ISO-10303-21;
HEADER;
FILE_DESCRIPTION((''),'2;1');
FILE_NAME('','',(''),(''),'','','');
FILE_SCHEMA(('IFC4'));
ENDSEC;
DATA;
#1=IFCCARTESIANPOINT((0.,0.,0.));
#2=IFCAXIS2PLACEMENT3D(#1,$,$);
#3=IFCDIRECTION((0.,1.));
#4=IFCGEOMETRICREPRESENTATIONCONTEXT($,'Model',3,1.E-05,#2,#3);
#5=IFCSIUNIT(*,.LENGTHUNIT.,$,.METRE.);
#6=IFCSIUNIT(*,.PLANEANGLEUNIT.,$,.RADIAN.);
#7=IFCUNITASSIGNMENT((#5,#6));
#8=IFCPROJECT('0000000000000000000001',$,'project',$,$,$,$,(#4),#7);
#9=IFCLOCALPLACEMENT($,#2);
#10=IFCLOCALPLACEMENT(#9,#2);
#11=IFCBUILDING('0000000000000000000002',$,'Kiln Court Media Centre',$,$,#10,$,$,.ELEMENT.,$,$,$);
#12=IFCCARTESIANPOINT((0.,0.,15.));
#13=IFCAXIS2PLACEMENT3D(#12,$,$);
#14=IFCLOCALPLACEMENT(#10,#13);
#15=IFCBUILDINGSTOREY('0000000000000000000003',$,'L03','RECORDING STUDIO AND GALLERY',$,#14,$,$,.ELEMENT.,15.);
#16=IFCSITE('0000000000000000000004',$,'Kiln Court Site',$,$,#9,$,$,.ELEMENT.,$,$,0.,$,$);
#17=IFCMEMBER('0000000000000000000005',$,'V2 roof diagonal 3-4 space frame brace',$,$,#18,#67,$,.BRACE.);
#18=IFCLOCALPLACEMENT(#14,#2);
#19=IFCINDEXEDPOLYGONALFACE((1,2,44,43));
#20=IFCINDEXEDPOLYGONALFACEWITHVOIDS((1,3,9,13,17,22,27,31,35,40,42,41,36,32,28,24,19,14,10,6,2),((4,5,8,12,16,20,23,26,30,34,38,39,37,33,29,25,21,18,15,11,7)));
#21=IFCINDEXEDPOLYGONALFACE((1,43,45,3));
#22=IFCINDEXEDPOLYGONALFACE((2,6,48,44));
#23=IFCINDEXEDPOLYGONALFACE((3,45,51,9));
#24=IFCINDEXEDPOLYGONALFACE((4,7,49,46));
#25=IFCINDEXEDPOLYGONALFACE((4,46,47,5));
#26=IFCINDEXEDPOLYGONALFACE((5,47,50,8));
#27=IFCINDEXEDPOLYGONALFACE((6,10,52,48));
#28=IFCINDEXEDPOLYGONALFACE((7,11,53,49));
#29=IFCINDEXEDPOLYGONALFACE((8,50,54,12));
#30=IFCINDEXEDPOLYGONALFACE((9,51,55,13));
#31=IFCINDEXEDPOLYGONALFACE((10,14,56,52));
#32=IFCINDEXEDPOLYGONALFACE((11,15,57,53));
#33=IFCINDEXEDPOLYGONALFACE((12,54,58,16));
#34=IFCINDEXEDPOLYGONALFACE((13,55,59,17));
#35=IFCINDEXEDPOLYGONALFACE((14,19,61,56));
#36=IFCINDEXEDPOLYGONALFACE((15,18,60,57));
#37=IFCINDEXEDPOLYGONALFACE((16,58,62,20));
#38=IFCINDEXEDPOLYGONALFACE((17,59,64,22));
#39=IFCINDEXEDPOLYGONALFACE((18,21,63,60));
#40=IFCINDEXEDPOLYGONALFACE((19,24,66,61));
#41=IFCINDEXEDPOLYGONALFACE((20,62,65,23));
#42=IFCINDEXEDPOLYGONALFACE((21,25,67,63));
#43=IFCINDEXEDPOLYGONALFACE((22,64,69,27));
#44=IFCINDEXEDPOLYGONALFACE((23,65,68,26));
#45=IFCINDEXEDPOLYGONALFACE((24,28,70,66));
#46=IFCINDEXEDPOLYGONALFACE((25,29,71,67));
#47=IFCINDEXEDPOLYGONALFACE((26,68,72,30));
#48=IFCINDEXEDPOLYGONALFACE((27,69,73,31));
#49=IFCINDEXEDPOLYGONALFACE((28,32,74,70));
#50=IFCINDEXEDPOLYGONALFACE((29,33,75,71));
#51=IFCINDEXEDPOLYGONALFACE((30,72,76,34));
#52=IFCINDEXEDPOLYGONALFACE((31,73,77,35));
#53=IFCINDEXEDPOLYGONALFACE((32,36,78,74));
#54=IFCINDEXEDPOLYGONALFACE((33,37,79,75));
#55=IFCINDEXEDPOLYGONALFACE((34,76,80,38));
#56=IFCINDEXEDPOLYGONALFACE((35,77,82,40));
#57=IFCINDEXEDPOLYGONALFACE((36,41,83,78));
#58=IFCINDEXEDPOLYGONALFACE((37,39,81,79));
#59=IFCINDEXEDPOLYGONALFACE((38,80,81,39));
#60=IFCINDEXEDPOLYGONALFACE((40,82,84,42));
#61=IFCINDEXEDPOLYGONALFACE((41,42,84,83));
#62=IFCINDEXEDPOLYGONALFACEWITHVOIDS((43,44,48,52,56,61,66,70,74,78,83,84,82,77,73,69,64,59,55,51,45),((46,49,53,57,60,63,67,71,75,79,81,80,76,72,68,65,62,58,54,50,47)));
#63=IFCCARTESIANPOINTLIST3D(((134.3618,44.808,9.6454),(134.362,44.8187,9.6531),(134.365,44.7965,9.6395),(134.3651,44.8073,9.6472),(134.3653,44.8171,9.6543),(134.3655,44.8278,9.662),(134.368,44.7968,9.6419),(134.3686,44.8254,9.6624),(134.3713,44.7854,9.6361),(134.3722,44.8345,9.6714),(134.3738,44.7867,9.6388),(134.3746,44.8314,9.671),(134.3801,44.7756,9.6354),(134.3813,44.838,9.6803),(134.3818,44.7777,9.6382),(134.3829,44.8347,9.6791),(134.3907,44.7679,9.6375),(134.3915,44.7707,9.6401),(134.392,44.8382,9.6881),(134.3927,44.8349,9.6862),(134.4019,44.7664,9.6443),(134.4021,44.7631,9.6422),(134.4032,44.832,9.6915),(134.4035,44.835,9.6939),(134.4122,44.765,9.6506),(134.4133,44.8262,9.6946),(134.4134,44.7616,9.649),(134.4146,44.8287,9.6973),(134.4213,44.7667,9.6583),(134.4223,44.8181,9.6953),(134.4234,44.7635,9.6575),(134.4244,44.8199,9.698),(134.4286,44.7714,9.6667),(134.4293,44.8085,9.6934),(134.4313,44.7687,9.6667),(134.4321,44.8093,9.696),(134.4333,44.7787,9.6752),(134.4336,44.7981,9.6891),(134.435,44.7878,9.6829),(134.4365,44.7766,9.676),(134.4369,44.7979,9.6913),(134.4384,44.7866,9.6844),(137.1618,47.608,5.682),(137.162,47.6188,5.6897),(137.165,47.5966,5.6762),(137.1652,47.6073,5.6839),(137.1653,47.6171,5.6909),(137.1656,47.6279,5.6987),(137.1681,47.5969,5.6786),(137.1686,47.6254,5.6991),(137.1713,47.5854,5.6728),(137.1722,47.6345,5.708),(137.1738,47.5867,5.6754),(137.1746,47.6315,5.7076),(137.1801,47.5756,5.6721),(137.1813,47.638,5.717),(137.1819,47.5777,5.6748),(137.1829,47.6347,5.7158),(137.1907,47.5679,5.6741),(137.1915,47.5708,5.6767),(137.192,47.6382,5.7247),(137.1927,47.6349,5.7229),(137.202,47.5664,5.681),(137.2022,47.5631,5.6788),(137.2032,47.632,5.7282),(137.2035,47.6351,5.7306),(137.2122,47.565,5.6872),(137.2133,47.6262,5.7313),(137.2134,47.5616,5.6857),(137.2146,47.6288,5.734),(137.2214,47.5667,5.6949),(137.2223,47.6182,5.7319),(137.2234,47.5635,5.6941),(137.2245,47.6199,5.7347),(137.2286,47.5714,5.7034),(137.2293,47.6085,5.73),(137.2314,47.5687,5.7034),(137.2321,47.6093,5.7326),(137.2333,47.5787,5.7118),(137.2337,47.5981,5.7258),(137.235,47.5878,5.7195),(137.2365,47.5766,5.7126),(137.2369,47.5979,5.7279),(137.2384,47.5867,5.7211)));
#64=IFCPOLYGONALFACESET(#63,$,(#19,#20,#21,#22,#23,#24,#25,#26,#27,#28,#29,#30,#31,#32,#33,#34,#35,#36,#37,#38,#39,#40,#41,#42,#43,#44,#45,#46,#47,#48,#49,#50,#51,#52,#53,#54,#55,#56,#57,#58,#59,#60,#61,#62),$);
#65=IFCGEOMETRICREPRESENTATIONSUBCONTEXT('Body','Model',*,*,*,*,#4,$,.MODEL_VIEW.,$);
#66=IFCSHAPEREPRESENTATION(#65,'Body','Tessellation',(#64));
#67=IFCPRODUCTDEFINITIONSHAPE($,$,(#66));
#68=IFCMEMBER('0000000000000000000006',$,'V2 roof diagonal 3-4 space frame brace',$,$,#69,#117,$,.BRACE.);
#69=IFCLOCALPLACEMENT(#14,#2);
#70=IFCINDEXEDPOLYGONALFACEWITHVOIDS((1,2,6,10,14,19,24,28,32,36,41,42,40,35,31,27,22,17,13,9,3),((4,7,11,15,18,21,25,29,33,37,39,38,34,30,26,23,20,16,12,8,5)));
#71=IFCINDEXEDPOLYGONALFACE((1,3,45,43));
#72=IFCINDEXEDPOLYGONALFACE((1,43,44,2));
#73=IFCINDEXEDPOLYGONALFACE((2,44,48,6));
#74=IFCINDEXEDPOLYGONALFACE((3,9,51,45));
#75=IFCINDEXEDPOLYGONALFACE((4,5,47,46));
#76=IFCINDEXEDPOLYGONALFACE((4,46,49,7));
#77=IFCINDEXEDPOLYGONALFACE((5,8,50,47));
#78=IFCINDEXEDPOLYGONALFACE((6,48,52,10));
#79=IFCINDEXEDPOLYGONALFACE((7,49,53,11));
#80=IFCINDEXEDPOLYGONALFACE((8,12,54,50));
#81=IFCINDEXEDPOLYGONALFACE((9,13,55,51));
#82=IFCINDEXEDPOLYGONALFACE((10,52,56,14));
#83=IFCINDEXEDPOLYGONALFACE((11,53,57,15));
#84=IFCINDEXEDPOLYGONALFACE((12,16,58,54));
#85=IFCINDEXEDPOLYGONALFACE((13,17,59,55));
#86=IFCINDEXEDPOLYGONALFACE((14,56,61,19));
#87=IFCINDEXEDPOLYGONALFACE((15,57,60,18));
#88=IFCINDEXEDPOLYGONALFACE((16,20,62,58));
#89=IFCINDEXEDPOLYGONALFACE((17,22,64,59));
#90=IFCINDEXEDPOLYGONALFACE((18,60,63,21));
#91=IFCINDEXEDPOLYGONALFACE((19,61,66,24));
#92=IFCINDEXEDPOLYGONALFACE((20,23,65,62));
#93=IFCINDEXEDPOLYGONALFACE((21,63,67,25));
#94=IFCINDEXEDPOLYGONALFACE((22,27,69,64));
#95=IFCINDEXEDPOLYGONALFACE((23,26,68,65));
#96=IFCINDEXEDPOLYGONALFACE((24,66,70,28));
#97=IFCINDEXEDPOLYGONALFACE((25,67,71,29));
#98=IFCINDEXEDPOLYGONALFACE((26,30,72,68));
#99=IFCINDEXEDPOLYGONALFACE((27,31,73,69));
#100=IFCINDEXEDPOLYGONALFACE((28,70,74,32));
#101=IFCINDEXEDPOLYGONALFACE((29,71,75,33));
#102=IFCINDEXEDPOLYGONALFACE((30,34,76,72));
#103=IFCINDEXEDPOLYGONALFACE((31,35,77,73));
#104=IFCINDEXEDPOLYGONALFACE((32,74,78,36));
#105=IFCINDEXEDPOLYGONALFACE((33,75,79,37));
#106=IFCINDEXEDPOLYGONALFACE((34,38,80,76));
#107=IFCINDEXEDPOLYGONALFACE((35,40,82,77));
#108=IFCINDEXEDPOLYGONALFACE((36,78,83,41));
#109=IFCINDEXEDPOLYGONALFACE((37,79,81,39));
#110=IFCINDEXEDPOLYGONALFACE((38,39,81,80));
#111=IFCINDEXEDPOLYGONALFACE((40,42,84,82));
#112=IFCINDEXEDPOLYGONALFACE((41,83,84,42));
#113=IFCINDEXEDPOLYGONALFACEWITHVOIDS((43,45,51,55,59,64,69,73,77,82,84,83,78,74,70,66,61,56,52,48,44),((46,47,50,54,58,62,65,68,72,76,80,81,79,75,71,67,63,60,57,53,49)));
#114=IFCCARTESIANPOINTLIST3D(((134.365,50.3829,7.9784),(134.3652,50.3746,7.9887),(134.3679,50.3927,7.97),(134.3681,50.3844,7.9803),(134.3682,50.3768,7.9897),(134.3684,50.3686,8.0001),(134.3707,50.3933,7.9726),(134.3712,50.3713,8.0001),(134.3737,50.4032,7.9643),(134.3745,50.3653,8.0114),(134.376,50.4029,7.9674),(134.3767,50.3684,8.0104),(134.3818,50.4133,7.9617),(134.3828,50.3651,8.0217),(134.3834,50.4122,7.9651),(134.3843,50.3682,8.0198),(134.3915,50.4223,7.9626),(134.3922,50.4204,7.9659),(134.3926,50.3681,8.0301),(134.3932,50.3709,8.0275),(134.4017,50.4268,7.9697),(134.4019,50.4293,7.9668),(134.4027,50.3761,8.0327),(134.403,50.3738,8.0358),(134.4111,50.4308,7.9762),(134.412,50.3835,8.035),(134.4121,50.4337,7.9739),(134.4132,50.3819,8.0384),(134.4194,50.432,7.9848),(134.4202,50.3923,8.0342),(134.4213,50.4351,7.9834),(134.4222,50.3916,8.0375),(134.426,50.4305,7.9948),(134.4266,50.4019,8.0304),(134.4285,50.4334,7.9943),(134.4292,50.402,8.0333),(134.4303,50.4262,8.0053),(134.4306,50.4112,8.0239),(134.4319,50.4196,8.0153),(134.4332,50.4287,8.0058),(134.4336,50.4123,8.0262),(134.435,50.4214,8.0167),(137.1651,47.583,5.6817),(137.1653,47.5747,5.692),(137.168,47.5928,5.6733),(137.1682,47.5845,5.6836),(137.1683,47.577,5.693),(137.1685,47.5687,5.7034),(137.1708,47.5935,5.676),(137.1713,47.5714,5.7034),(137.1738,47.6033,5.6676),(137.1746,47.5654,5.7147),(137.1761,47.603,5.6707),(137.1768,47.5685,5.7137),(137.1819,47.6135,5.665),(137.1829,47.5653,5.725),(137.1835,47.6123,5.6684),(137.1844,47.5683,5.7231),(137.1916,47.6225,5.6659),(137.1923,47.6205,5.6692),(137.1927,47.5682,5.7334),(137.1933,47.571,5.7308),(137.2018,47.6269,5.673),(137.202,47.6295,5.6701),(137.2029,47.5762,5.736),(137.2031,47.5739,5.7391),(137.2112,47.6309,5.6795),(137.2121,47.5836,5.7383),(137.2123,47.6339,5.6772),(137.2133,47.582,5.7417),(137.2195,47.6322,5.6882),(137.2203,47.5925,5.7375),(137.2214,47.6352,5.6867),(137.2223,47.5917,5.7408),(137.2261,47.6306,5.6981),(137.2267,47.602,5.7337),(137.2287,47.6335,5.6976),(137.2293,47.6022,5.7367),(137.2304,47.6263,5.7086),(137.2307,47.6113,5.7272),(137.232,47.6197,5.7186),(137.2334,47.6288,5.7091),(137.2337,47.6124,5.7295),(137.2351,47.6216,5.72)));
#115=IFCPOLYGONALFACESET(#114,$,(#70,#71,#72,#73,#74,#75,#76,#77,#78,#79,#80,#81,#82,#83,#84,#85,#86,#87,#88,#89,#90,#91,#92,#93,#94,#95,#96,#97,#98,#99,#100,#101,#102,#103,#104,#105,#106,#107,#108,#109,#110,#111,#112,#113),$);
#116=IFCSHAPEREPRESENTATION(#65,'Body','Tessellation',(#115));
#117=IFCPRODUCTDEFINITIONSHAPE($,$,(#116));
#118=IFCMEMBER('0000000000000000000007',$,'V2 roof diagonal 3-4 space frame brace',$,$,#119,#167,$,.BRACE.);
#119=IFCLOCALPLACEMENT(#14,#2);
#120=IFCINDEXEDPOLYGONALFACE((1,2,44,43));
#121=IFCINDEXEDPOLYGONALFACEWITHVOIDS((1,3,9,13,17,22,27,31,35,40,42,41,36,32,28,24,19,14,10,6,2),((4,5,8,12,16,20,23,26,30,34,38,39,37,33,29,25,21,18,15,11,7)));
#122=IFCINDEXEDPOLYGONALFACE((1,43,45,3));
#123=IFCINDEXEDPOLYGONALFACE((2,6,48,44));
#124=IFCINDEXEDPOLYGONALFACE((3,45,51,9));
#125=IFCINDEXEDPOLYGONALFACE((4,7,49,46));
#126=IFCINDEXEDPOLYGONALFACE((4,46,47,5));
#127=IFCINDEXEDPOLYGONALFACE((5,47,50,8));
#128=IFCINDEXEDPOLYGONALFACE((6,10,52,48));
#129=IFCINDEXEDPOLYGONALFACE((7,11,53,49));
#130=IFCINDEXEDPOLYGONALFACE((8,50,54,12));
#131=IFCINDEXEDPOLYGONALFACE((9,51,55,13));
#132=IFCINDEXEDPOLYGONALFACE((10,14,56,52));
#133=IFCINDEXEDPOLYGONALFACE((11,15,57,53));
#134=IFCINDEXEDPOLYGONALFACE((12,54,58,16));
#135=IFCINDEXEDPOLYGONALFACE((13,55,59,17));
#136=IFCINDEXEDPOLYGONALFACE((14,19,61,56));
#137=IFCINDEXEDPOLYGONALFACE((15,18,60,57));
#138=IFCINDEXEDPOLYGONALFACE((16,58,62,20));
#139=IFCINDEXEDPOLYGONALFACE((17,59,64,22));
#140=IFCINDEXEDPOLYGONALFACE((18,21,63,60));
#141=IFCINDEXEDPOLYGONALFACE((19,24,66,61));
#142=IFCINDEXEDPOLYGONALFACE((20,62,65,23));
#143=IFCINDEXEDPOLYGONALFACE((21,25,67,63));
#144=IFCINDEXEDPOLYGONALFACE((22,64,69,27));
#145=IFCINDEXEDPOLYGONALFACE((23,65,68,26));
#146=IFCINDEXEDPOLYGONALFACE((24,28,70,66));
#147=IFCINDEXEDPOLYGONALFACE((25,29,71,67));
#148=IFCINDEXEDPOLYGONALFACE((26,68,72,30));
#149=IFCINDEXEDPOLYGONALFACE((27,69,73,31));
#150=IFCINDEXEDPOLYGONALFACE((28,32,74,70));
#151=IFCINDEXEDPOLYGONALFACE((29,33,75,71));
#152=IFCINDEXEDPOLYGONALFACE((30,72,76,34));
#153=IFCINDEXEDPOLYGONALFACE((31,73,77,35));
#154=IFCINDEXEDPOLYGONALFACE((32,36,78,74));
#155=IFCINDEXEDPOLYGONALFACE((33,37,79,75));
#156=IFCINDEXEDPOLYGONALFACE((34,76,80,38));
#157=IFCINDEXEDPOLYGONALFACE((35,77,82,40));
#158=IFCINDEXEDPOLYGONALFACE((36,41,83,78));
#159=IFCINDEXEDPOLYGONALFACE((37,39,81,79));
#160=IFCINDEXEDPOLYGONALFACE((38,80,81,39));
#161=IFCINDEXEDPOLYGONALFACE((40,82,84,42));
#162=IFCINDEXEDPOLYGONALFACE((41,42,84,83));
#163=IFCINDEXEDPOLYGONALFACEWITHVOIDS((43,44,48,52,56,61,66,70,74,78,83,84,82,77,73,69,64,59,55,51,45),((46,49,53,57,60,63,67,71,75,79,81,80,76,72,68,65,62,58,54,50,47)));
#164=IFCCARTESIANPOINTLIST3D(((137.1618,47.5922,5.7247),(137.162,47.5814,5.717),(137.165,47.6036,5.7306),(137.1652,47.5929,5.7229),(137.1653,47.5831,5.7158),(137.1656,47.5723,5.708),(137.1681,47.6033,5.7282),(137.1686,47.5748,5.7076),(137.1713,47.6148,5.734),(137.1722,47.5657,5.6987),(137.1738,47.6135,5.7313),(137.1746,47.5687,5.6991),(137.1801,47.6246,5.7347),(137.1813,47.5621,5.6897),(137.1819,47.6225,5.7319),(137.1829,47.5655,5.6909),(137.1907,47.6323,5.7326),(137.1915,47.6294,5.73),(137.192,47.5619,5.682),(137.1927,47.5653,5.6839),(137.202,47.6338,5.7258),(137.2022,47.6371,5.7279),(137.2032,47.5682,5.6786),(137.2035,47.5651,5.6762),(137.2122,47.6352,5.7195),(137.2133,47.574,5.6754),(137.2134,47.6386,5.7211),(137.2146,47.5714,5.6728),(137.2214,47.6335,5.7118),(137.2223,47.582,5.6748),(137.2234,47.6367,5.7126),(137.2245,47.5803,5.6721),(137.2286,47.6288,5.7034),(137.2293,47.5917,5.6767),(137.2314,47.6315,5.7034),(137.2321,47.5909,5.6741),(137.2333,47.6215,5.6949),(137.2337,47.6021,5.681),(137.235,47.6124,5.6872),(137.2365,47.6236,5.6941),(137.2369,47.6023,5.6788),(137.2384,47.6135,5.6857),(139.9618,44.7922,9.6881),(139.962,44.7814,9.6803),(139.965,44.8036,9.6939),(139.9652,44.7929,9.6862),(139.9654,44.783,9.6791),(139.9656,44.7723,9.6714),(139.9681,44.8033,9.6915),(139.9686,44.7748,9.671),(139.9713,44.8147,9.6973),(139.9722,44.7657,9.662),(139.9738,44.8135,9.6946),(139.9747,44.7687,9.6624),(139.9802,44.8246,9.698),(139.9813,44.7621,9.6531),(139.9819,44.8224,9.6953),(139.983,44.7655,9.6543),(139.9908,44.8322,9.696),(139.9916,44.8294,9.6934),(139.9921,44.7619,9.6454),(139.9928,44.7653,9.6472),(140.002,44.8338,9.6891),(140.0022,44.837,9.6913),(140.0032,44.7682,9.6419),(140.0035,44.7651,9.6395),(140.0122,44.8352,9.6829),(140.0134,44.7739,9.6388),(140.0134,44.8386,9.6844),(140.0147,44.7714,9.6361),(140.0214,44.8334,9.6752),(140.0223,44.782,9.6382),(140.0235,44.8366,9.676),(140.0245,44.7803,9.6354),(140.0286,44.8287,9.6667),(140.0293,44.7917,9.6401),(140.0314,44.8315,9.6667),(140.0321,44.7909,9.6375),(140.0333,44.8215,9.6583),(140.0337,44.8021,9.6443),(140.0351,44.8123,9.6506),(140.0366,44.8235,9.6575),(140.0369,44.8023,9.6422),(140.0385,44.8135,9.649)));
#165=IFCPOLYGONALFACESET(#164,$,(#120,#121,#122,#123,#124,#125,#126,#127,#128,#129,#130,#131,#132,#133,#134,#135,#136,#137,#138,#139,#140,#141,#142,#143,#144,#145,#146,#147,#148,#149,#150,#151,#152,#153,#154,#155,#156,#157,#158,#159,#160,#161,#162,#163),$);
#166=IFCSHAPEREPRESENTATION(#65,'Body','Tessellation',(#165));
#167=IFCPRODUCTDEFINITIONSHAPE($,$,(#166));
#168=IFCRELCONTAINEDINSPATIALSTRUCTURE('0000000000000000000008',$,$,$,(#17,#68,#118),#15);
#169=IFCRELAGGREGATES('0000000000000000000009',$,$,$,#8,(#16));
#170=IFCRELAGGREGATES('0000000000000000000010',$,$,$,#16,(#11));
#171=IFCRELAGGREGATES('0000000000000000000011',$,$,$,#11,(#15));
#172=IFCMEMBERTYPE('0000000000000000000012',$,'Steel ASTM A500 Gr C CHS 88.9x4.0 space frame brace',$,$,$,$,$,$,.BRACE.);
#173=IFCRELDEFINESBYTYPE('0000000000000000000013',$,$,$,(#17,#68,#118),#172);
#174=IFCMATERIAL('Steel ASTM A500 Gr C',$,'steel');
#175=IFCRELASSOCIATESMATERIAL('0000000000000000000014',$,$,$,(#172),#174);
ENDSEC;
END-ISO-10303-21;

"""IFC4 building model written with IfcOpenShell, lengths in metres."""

from ifc_helpers import new_model, si_unit, direction, frame, origin, origin_2d, place, context, subcontext, project, spatial, hollow_circle, extrude, material, material_profile, profile_set, type_object, element, save


model = new_model("IFC4")

# Units and contexts
model_context = context("Model", 3, precision=1e-05, world=origin(), true_north=direction((0.0, 1.0)))
body_context = subcontext(model_context, "Body", "Model", "MODEL_VIEW")
ifc_project = project(units=[si_unit("LENGTHUNIT", "METRE"), si_unit("PLANEANGLEUNIT", "RADIAN")], contexts=[model_context])

# Site, building, storey
site_placement = place(None, origin())
site = spatial("IfcSite", under=ifc_project, at=site_placement, Name="Kiln Court Site", CompositionType="ELEMENT", RefElevation=0.0)
building_placement = place(site_placement, origin())
building = spatial("IfcBuilding", under=site, at=building_placement, Name="Kiln Court Media Centre", CompositionType="ELEMENT")
storey_placement = place(building_placement, frame((0.0, 0.0, 15.0)))
storey = spatial("IfcBuildingStorey", under=building, at=storey_placement, Name="L03", Description="RECORDING STUDIO AND GALLERY", CompositionType="ELEMENT", Elevation=15.0)

# Members
ifc_material_1 = material(Name="Steel ASTM A500 Gr C", Category="steel")
ifc_material_profile_1 = material_profile(ifc_material_1, hollow_circle(Radius=0.0444, WallThickness=0.0039, at=origin_2d()), Name="CHS 88.9x4.0")
ifc_profile_set_1 = profile_set([ifc_material_profile_1], Name="Steel ASTM A500 Gr C")
member_type_1 = type_object("IfcMemberType", Name="Steel ASTM A500 Gr C CHS 88.9x4.0 space frame brace", PredefinedType="BRACE", material=ifc_profile_set_1)
member_1_placement = place(storey_placement, frame((137.2, 47.6001, 5.7034), z_axis=(-0.499778, -0.499778, 0.70742), x_axis=(0.707107, -0.707107, 0.0)))
element("IfcMember", 1, at=member_1_placement, inside=storey, type_object=member_type_1, Name="V2 roof diagonal 3-4 space frame brace", PredefinedType="BRACE", context=body_context, shape_type="SweptSolid", body=[
    extrude(hollow_circle(Radius=0.0444, WallThickness=0.0039, at=origin_2d()), origin(), (0.0, 0.0, 1.0), 5.6025),
])
member_2_placement = place(storey_placement, frame((137.2, 47.6001, 5.7034), z_axis=(-0.611696, 0.611642, 0.501719), x_axis=(-0.707076, -0.707138, 0.0)))
element("IfcMember", 2, at=member_2_placement, inside=storey, type_object=member_type_1, Name="V2 roof diagonal 3-4 space frame brace", PredefinedType="BRACE", context=body_context, shape_type="SweptSolid", body=[
    extrude(hollow_circle(Radius=0.0444, WallThickness=0.0039, at=origin_2d()), origin(), (0.0, 0.0, 1.0), 4.5776),
])
member_3_placement = place(storey_placement, frame((137.2, 47.6001, 5.7034), z_axis=(0.499778, -0.499778, 0.70742), x_axis=(0.707107, 0.707107, 0.0)))
element("IfcMember", 3, at=member_3_placement, inside=storey, type_object=member_type_1, Name="V2 roof diagonal 3-4 space frame brace", PredefinedType="BRACE", context=body_context, shape_type="SweptSolid", body=[
    extrude(hollow_circle(Radius=0.0444, WallThickness=0.0039, at=origin_2d()), origin(), (0.0, 0.0, 1.0), 5.6025),
])

save(model, "model.ifc")
